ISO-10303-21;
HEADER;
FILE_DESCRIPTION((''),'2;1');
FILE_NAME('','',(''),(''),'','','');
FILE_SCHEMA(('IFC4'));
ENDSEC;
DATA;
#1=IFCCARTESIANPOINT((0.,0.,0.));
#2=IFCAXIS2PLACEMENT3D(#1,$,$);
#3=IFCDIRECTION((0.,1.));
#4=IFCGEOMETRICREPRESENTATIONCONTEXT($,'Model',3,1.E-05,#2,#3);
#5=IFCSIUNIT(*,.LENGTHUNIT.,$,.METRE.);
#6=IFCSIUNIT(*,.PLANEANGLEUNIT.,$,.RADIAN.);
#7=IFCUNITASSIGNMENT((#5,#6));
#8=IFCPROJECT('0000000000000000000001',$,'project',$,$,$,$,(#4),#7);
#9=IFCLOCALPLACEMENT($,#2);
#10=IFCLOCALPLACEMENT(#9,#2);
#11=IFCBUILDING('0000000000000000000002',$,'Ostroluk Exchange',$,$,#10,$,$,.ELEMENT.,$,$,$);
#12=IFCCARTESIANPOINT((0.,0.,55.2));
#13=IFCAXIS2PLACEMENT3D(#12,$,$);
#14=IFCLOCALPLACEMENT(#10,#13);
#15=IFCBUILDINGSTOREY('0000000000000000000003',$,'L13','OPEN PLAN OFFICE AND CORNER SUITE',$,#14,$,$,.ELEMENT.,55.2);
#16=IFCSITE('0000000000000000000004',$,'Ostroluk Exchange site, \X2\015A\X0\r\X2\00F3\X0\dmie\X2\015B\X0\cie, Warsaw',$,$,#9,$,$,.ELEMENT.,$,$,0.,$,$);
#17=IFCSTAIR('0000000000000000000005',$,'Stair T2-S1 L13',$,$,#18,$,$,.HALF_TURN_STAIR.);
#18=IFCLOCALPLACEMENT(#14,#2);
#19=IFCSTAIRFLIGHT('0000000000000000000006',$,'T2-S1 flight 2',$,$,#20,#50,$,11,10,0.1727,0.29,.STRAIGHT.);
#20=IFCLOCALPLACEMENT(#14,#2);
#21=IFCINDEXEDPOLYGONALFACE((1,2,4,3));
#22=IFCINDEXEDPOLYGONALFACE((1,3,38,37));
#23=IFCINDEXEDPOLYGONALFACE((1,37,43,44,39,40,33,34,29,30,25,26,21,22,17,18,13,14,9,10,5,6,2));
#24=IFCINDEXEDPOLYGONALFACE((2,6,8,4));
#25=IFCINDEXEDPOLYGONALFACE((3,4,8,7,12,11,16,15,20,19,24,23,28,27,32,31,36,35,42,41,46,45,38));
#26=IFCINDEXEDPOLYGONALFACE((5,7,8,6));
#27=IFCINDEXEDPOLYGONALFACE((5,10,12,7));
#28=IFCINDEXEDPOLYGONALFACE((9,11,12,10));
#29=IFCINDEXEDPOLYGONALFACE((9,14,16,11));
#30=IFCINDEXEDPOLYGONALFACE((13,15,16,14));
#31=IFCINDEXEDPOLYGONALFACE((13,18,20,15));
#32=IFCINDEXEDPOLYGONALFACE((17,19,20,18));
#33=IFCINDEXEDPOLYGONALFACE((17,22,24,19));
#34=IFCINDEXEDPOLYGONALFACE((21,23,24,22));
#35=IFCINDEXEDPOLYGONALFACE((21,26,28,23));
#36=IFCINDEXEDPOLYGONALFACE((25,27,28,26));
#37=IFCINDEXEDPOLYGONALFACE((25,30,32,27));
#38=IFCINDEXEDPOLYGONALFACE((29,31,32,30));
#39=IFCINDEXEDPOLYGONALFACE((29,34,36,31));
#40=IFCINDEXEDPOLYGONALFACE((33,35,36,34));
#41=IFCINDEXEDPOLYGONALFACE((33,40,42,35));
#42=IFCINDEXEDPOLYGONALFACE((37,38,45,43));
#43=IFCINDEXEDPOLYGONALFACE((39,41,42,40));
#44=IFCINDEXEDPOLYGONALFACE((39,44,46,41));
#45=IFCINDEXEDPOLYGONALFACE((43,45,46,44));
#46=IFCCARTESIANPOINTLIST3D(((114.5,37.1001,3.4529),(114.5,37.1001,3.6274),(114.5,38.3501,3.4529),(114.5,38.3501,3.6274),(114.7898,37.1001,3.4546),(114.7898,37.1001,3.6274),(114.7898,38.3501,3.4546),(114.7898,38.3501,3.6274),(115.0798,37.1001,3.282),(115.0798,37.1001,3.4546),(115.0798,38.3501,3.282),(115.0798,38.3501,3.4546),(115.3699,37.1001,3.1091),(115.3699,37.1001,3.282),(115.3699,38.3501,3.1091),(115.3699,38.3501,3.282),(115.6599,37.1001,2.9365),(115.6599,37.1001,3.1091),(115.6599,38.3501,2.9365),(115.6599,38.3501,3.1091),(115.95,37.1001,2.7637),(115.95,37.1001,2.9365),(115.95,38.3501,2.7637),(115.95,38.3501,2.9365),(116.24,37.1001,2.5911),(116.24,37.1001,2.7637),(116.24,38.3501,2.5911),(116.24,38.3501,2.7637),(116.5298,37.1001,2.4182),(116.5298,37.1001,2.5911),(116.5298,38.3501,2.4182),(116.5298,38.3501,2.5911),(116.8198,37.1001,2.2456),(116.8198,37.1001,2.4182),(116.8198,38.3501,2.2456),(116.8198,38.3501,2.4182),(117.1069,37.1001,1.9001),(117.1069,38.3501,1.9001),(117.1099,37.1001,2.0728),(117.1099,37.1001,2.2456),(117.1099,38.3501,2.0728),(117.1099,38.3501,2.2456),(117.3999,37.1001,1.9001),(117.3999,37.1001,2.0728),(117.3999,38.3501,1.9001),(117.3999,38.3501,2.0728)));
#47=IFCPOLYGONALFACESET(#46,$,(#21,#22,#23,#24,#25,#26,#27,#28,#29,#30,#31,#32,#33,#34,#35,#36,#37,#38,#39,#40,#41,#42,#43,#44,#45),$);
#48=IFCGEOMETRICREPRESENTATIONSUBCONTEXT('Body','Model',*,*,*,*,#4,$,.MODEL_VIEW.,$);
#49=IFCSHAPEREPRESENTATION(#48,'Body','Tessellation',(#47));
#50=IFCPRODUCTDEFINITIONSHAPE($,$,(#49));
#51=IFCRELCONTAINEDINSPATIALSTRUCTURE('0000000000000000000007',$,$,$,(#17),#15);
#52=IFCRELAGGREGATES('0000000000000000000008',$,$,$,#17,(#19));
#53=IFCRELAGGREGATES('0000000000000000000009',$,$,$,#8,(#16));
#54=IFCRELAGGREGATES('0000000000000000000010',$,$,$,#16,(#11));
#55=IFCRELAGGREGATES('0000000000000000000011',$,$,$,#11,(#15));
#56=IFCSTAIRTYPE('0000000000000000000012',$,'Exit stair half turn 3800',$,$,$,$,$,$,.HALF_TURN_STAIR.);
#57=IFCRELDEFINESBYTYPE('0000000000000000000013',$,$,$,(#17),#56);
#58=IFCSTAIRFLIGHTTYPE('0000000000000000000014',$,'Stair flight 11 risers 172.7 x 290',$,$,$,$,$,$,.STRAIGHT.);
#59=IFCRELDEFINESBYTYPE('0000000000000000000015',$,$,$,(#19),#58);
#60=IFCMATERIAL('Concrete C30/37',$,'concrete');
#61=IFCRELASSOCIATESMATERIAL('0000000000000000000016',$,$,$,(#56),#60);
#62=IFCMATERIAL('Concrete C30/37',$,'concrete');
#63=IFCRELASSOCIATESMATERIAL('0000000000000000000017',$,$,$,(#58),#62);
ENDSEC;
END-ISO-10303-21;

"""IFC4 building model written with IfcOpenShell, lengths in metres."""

from ifc_helpers import new_model, si_unit, direction, frame, origin, place, context, subcontext, project, spatial, polyline, outline, extrude, material, type_object, element, aggregate, save


model = new_model("IFC4")

# Units and contexts
model_context = context("Model", 3, precision=1e-05, world=origin(), true_north=direction((0.0, 1.0)))
body_context = subcontext(model_context, "Body", "Model", "MODEL_VIEW")
ifc_project = project(units=[si_unit("LENGTHUNIT", "METRE"), si_unit("PLANEANGLEUNIT", "RADIAN")], contexts=[model_context])

# Site, building, storey
site_placement = place(None, origin())
site = spatial("IfcSite", under=ifc_project, at=site_placement, Name="Ostroluk Exchange site, Śródmieście, Warsaw", CompositionType="ELEMENT", RefElevation=0.0)
building_placement = place(site_placement, origin())
building = spatial("IfcBuilding", under=site, at=building_placement, Name="Ostroluk Exchange", CompositionType="ELEMENT")
storey_placement = place(building_placement, frame((0.0, 0.0, 55.2)))
storey = spatial("IfcBuildingStorey", under=building, at=storey_placement, Name="L13", Description="OPEN PLAN OFFICE AND CORNER SUITE", CompositionType="ELEMENT", Elevation=55.2)

# Stair, stair flight
ifc_material_1 = material(Name="Concrete C30/37", Category="concrete")
stair_type = type_object("IfcStairType", Name="Exit stair half turn 3800", PredefinedType="HALF_TURN_STAIR", material=ifc_material_1)
stair_placement = place(storey_placement, origin())
stair = element("IfcStair", 1, at=stair_placement, inside=storey, type_object=stair_type, Name="Stair T2-S1 L13", PredefinedType="HALF_TURN_STAIR")
ifc_material_2 = material(Name="Concrete C30/37", Category="concrete")
stair_flight_type = type_object("IfcStairFlightType", Name="Stair flight 11 risers 172.7 x 290", PredefinedType="STRAIGHT", material=ifc_material_2)
stair_flight_placement = place(storey_placement, frame((117.3999, 37.7251, 1.9001), z_axis=(0.0, 0.0, 1.0), x_axis=(-1.0, 0.0, 0.0)))
stair_flight = element("IfcStairFlight", 2, at=stair_flight_placement, type_object=stair_flight_type, Name="T2-S1 flight 2", NumberOfRisers=11, NumberOfTreads=10, PredefinedType="STRAIGHT", RiserHeight=0.1727, TreadLength=0.29, context=body_context, shape_type="SweptSolid", body=[
    extrude(outline(polyline([(0.0, 0.0), (0.0, 0.1726), (0.29, 0.1726), (0.29, 0.3455), (0.5801, 0.3455), (0.5801, 0.5181), (0.8701, 0.5181), (0.8701, 0.6909), (1.1599, 0.6909), (1.1599, 0.8635), (1.45, 0.8635), (1.45, 1.0364), (1.74, 1.0364), (1.74, 1.209), (2.03, 1.209), (2.03, 1.3818), (2.3201, 1.3818), (2.3201, 1.5544), (2.6101, 1.5544), (2.6101, 1.7273), (2.8999, 1.7273), (2.8999, 1.8999), (2.8999, 1.5527), (0.293, 0.0), (0.0, 0.0)])), frame((0.0, 0.625, 0.0), z_axis=(0.0, -1.0, 0.0), x_axis=(1.0, 0.0, 0.0)), (0.0, 0.0, 1.0), 1.25),
])
aggregate(stair, [stair_flight])

save(model, "model.ifc")
